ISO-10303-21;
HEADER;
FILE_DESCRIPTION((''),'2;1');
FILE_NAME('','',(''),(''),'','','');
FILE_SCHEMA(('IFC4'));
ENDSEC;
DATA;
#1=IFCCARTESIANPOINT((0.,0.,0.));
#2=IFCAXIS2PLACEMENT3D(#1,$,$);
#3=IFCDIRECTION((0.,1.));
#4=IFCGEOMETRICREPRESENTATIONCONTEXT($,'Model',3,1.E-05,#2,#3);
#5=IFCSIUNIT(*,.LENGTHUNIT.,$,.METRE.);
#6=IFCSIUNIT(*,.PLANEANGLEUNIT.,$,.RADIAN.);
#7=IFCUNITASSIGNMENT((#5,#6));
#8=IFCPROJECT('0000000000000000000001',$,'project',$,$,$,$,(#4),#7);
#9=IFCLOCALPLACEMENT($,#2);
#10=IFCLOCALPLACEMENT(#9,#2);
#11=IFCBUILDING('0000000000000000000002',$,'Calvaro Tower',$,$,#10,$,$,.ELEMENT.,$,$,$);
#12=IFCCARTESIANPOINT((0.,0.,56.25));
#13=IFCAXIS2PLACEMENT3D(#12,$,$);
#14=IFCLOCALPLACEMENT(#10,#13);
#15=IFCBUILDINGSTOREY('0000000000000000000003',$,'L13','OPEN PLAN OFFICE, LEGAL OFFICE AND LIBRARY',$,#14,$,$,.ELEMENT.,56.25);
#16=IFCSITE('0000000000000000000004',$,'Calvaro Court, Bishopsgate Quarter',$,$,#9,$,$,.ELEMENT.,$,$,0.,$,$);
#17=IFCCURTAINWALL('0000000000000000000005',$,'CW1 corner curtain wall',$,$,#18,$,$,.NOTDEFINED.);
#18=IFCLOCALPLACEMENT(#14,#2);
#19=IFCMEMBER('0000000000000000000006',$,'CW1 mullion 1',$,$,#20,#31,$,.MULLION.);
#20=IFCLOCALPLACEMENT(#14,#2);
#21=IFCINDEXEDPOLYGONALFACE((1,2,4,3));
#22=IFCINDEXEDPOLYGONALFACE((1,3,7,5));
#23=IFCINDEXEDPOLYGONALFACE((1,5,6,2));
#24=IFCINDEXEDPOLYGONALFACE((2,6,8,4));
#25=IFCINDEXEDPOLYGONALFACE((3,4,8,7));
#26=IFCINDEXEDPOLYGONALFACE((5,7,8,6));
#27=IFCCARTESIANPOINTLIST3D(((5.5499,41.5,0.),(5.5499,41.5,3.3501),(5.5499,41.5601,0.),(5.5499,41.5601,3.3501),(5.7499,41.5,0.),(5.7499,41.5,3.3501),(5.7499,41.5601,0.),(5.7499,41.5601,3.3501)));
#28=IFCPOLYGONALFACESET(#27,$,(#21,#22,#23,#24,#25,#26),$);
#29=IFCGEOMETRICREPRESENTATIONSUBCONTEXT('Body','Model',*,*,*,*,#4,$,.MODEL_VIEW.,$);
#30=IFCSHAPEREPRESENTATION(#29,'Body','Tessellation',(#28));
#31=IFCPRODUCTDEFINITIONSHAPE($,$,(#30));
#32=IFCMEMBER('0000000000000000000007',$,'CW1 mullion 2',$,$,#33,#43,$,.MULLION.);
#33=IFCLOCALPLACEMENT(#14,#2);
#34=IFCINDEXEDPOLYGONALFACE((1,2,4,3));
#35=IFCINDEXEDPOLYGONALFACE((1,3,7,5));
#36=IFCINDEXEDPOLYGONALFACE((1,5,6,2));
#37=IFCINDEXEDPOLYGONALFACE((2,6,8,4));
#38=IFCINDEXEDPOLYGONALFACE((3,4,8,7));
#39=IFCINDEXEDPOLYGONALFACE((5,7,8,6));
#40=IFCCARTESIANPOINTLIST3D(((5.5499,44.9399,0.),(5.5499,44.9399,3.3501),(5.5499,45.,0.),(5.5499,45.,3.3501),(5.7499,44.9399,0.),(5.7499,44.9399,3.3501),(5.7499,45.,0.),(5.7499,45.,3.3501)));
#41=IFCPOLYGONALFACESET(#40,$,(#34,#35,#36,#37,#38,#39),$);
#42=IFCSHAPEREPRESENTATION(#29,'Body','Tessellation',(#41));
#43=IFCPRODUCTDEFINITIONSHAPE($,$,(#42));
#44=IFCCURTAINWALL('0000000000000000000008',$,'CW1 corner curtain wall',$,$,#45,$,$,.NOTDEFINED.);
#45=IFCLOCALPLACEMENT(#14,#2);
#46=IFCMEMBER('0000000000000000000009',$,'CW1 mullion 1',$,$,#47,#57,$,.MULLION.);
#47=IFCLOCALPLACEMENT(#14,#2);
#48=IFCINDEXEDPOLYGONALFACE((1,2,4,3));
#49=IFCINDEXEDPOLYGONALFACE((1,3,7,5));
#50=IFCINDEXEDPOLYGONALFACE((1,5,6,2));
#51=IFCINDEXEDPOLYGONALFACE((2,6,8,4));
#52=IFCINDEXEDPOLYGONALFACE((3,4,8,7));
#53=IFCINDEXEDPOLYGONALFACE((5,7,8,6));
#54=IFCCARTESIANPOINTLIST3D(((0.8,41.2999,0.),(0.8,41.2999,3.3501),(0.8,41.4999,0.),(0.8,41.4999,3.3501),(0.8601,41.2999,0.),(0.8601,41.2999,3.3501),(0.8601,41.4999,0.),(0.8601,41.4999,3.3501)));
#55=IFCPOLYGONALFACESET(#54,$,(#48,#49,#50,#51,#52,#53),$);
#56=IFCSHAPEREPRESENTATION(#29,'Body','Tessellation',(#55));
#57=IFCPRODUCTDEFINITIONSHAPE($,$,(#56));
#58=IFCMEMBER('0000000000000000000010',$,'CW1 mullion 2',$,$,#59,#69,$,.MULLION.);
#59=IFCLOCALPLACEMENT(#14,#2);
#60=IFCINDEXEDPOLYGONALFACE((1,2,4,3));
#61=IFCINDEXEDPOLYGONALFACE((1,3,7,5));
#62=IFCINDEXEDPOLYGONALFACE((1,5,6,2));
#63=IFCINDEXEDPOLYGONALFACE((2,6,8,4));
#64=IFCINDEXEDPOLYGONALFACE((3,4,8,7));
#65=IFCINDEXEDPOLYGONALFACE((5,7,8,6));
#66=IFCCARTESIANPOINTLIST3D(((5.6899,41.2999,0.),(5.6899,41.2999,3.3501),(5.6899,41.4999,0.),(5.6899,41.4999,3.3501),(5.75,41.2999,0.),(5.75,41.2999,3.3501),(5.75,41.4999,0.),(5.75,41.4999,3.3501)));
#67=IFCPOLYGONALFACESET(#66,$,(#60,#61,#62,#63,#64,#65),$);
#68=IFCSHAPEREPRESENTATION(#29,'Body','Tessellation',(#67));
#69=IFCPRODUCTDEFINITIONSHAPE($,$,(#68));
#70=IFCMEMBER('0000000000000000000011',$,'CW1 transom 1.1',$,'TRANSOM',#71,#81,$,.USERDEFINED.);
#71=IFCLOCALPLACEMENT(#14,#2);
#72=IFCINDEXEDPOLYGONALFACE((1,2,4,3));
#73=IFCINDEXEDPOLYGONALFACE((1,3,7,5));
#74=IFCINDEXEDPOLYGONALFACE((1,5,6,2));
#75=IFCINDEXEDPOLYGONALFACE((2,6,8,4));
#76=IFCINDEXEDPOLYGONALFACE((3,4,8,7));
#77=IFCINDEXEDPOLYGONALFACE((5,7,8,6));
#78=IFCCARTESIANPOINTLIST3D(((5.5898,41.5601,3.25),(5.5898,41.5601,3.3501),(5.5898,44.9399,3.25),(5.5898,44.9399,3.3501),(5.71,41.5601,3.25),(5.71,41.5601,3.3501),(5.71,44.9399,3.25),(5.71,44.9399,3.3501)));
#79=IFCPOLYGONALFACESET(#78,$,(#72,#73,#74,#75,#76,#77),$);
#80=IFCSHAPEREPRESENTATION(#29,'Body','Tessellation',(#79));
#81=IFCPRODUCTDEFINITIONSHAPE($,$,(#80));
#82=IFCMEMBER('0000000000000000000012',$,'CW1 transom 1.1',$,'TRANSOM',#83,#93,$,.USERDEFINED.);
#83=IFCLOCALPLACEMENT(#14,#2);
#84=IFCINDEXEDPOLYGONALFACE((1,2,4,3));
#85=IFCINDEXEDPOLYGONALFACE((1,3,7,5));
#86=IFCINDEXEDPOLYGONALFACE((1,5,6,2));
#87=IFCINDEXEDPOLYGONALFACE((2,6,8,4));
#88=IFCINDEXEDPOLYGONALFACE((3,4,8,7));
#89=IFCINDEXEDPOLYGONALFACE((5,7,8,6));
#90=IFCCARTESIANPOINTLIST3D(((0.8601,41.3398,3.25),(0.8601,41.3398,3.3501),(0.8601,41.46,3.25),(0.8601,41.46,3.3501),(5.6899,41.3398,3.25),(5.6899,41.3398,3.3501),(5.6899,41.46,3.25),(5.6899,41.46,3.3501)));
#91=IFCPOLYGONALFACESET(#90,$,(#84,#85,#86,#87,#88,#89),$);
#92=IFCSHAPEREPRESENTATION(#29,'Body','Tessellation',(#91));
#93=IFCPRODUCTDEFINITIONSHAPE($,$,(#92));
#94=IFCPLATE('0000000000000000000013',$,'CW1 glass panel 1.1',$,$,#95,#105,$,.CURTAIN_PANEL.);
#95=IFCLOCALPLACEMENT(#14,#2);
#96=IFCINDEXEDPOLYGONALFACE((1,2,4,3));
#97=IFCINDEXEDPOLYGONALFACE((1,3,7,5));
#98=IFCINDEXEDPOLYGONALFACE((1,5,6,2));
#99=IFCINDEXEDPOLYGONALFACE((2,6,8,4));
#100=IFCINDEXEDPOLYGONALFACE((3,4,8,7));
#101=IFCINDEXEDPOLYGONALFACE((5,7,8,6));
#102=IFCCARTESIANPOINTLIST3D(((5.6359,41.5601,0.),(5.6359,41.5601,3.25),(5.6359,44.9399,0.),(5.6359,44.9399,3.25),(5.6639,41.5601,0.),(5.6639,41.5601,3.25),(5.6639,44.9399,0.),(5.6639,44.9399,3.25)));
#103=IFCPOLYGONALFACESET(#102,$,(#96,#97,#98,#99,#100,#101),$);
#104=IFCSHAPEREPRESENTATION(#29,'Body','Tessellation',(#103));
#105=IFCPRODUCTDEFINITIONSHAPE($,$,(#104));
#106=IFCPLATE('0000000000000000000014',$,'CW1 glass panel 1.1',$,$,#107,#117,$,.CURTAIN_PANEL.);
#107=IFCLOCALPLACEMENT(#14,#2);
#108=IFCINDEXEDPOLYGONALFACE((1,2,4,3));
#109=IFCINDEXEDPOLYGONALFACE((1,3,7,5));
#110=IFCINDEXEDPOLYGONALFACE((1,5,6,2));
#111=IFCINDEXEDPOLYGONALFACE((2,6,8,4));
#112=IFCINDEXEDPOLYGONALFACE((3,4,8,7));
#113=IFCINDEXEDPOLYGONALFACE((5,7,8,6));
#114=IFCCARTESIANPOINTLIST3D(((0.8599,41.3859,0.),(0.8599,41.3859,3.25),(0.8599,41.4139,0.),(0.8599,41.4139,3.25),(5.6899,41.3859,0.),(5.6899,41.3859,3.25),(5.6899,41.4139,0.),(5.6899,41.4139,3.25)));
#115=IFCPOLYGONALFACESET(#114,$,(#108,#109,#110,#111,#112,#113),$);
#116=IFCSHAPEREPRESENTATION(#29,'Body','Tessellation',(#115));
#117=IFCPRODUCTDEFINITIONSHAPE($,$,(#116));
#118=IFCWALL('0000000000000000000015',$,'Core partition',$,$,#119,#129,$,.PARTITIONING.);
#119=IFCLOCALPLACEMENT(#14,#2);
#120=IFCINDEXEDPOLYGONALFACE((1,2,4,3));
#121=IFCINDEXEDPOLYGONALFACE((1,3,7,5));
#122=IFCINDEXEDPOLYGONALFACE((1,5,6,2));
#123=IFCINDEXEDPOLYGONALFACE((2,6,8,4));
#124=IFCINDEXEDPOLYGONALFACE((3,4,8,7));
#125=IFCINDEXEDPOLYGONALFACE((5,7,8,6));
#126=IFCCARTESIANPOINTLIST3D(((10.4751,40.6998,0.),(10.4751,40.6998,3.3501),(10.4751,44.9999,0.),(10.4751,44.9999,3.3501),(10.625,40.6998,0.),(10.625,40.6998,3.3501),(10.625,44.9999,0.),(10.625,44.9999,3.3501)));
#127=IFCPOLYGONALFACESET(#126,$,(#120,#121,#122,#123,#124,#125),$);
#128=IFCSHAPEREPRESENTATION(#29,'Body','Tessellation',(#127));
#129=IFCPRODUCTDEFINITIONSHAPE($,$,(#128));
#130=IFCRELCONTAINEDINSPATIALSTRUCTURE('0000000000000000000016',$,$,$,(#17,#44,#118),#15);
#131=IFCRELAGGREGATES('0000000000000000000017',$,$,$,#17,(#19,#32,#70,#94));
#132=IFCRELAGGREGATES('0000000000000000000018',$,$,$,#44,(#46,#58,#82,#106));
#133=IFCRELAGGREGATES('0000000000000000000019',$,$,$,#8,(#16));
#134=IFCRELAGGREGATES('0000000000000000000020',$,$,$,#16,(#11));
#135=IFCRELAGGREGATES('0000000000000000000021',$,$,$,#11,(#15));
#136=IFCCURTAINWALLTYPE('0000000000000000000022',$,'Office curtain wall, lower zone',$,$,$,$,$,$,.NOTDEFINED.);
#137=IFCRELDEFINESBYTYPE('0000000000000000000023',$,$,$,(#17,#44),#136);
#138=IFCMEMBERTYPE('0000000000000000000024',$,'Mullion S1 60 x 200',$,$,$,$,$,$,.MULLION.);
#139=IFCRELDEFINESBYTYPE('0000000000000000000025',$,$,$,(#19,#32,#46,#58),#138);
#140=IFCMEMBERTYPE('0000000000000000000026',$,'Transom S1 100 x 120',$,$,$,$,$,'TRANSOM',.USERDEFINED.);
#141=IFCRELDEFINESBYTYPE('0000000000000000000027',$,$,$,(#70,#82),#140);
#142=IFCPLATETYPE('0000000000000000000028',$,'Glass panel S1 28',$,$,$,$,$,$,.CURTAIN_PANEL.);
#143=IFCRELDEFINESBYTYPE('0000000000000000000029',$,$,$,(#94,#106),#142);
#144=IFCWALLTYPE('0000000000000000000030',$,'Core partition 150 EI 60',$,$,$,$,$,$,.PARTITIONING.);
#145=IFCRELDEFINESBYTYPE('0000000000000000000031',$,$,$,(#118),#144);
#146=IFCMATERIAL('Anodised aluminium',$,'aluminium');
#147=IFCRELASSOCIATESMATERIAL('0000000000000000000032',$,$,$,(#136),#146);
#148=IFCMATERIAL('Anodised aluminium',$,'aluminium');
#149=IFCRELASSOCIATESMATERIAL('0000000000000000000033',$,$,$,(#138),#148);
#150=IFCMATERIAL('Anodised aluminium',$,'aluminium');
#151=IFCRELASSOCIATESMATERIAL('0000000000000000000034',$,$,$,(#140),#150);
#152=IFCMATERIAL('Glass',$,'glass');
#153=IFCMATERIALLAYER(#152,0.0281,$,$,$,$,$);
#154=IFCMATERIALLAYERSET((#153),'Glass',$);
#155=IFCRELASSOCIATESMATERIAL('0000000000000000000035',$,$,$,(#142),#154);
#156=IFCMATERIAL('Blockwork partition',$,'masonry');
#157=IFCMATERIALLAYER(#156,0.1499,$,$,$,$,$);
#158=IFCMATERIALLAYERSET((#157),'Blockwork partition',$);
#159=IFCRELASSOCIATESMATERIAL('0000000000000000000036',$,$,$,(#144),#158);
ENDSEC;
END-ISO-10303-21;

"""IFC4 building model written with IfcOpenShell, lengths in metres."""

from ifc_helpers import new_model, si_unit, direction, frame, frame_2d, origin, origin_2d, place, context, subcontext, project, spatial, rectangle, extrude, material, layer, layer_set, material_profile, profile_set, type_object, element, aggregate, save


model = new_model("IFC4")

# Units and contexts
model_context = context("Model", 3, precision=1e-05, world=origin(), true_north=direction((0.0, 1.0)))
body_context = subcontext(model_context, "Body", "Model", "MODEL_VIEW")
ifc_project = project(units=[si_unit("LENGTHUNIT", "METRE"), si_unit("PLANEANGLEUNIT", "RADIAN")], contexts=[model_context])

# Site, building, storey
site_placement = place(None, origin())
site = spatial("IfcSite", under=ifc_project, at=site_placement, Name="Calvaro Court, Bishopsgate Quarter", CompositionType="ELEMENT", RefElevation=0.0)
building_placement = place(site_placement, origin())
building = spatial("IfcBuilding", under=site, at=building_placement, Name="Calvaro Tower", CompositionType="ELEMENT")
storey_placement = place(building_placement, frame((0.0, 0.0, 56.25)))
storey = spatial("IfcBuildingStorey", under=building, at=storey_placement, Name="L13", Description="OPEN PLAN OFFICE, LEGAL OFFICE AND LIBRARY", CompositionType="ELEMENT", Elevation=56.25)

# Curtain walls, members
ifc_material_1 = material(Name="Anodised aluminium", Category="aluminium")
curtain_wall_type = type_object("IfcCurtainWallType", Name="Office curtain wall, lower zone", PredefinedType="NOTDEFINED", material=ifc_material_1)
curtain_wall_1_placement = place(storey_placement, origin())
curtain_wall_1 = element("IfcCurtainWall", 1, at=curtain_wall_1_placement, inside=storey, type_object=curtain_wall_type, Name="CW1 corner curtain wall", PredefinedType="NOTDEFINED")
ifc_material_2 = material(Name="Anodised aluminium", Category="aluminium")
ifc_material_profile_1 = material_profile(ifc_material_2, rectangle(XDim=0.2, YDim=0.0601, at=origin_2d()), Name="Mullion S1 60 x 200")
ifc_profile_set_1 = profile_set([ifc_material_profile_1], Name="Anodised aluminium")
member_type_1 = type_object("IfcMemberType", Name="Mullion S1 60 x 200", PredefinedType="MULLION", material=ifc_profile_set_1)
member_1_placement = place(storey_placement, frame((5.6499, 41.53, 0.0), z_axis=(0.0, 0.0, 1.0), x_axis=(-1.0, 0.0, 0.0)))
member_1 = element("IfcMember", 2, at=member_1_placement, type_object=member_type_1, Name="CW1 mullion 1", PredefinedType="MULLION", context=body_context, shape_type="SweptSolid", body=[
    extrude(rectangle(XDim=0.2, YDim=0.0601, at=origin_2d()), origin(), (0.0, 0.0, 1.0), 3.3501),
])
member_2_placement = place(storey_placement, frame((5.6499, 44.97, 0.0), z_axis=(0.0, 0.0, 1.0), x_axis=(-1.0, 0.0, 0.0)))
member_2 = element("IfcMember", 3, at=member_2_placement, type_object=member_type_1, Name="CW1 mullion 2", PredefinedType="MULLION", context=body_context, shape_type="SweptSolid", body=[
    extrude(rectangle(XDim=0.2, YDim=0.0601, at=origin_2d()), origin(), (0.0, 0.0, 1.0), 3.3501),
])
curtain_wall_2_placement = place(storey_placement, origin())
curtain_wall_2 = element("IfcCurtainWall", 4, at=curtain_wall_2_placement, inside=storey, type_object=curtain_wall_type, Name="CW1 corner curtain wall", PredefinedType="NOTDEFINED")
member_3_placement = place(storey_placement, frame((0.8301, 41.3999, 0.0), z_axis=(0.0, 0.0, 1.0), x_axis=(0.0, 1.0, 0.0)))
member_3 = element("IfcMember", 5, at=member_3_placement, type_object=member_type_1, Name="CW1 mullion 1", PredefinedType="MULLION", context=body_context, shape_type="SweptSolid", body=[
    extrude(rectangle(XDim=0.2, YDim=0.0601, at=origin_2d()), origin(), (0.0, 0.0, 1.0), 3.3501),
])
member_4_placement = place(storey_placement, frame((5.72, 41.3999, 0.0), z_axis=(0.0, 0.0, 1.0), x_axis=(0.0, 1.0, 0.0)))
member_4 = element("IfcMember", 6, at=member_4_placement, type_object=member_type_1, Name="CW1 mullion 2", PredefinedType="MULLION", context=body_context, shape_type="SweptSolid", body=[
    extrude(rectangle(XDim=0.2, YDim=0.0601, at=origin_2d()), origin(), (0.0, 0.0, 1.0), 3.3501),
])

# Members
ifc_material_3 = material(Name="Anodised aluminium", Category="aluminium")
ifc_material_profile_2 = material_profile(ifc_material_3, rectangle(XDim=0.1201, YDim=0.1001, at=origin_2d()), Name="Transom S1 100 x 120")
ifc_profile_set_2 = profile_set([ifc_material_profile_2], Name="Anodised aluminium")
member_type_2 = type_object("IfcMemberType", Name="Transom S1 100 x 120", ElementType="TRANSOM", PredefinedType="USERDEFINED", material=ifc_profile_set_2)
member_5_placement = place(storey_placement, frame((5.6499, 41.5601, 3.3), z_axis=(0.0, 1.0, 0.0), x_axis=(-1.0, 0.0, 0.0)))
member_5 = element("IfcMember", 7, at=member_5_placement, type_object=member_type_2, Name="CW1 transom 1.1", ObjectType="TRANSOM", PredefinedType="USERDEFINED", context=body_context, shape_type="SweptSolid", body=[
    extrude(rectangle(XDim=0.1201, YDim=0.1001, at=origin_2d()), origin(), (0.0, 0.0, 1.0), 3.3799),
])
member_6_placement = place(storey_placement, frame((0.8601, 41.3999, 3.3), z_axis=(1.0, 0.0, 0.0), x_axis=(0.0, 1.0, 0.0)))
member_6 = element("IfcMember", 8, at=member_6_placement, type_object=member_type_2, Name="CW1 transom 1.1", ObjectType="TRANSOM", PredefinedType="USERDEFINED", context=body_context, shape_type="SweptSolid", body=[
    extrude(rectangle(XDim=0.1201, YDim=0.1001, at=origin_2d()), origin(), (0.0, 0.0, 1.0), 4.8298),
])

# Plates
ifc_material_4 = material(Name="Glass", Category="glass")
ifc_layer_1 = layer(ifc_material_4, 0.0281)
ifc_layer_set_1 = layer_set([ifc_layer_1], Name="Glass")
plate_type = type_object("IfcPlateType", Name="Glass panel S1 28", PredefinedType="CURTAIN_PANEL", material=ifc_layer_set_1)
plate_1_placement = place(storey_placement, frame((5.6499, 43.25, 0.0), z_axis=(0.0, 0.0, 1.0), x_axis=(0.0, 1.0, 0.0)))
plate_1 = element("IfcPlate", 9, at=plate_1_placement, type_object=plate_type, Name="CW1 glass panel 1.1", PredefinedType="CURTAIN_PANEL", context=body_context, shape_type="SweptSolid", body=[
    extrude(rectangle(XDim=3.3799, YDim=0.0281, at=origin_2d()), origin(), (0.0, 0.0, 1.0), 3.25),
])
aggregate(curtain_wall_1, [member_1, member_2, member_5, plate_1])
plate_2_placement = place(storey_placement, frame((3.2749, 41.3999, 0.0), z_axis=(0.0, 0.0, 1.0), x_axis=(1.0, 0.0, 0.0)))
plate_2 = element("IfcPlate", 10, at=plate_2_placement, type_object=plate_type, Name="CW1 glass panel 1.1", PredefinedType="CURTAIN_PANEL", context=body_context, shape_type="SweptSolid", body=[
    extrude(rectangle(XDim=4.8301, YDim=0.0281, at=origin_2d()), origin(), (0.0, 0.0, 1.0), 3.25),
])
aggregate(curtain_wall_2, [member_3, member_4, member_6, plate_2])

# Wall
ifc_material_5 = material(Name="Blockwork partition", Category="masonry")
ifc_layer_2 = layer(ifc_material_5, 0.1499)
ifc_layer_set_2 = layer_set([ifc_layer_2], Name="Blockwork partition")
wall_type_1 = type_object("IfcWallType", Name="Core partition 150 EI 60", PredefinedType="PARTITIONING", material=ifc_layer_set_2)
wall_1_placement = place(storey_placement, frame((10.55, 40.7, 0.0), z_axis=(0.0, 0.0, 1.0), x_axis=(0.0, 1.0, 0.0)))
element("IfcWall", 11, at=wall_1_placement, inside=storey, type_object=wall_type_1, Name="Core partition", PredefinedType="PARTITIONING", context=body_context, shape_type="SweptSolid", body=[
    extrude(rectangle(XDim=4.3, YDim=0.1499, at=frame_2d((2.1499, 0.0))), origin(), (0.0, 0.0, 1.0), 3.3501),
])

save(model, "model.ifc")
